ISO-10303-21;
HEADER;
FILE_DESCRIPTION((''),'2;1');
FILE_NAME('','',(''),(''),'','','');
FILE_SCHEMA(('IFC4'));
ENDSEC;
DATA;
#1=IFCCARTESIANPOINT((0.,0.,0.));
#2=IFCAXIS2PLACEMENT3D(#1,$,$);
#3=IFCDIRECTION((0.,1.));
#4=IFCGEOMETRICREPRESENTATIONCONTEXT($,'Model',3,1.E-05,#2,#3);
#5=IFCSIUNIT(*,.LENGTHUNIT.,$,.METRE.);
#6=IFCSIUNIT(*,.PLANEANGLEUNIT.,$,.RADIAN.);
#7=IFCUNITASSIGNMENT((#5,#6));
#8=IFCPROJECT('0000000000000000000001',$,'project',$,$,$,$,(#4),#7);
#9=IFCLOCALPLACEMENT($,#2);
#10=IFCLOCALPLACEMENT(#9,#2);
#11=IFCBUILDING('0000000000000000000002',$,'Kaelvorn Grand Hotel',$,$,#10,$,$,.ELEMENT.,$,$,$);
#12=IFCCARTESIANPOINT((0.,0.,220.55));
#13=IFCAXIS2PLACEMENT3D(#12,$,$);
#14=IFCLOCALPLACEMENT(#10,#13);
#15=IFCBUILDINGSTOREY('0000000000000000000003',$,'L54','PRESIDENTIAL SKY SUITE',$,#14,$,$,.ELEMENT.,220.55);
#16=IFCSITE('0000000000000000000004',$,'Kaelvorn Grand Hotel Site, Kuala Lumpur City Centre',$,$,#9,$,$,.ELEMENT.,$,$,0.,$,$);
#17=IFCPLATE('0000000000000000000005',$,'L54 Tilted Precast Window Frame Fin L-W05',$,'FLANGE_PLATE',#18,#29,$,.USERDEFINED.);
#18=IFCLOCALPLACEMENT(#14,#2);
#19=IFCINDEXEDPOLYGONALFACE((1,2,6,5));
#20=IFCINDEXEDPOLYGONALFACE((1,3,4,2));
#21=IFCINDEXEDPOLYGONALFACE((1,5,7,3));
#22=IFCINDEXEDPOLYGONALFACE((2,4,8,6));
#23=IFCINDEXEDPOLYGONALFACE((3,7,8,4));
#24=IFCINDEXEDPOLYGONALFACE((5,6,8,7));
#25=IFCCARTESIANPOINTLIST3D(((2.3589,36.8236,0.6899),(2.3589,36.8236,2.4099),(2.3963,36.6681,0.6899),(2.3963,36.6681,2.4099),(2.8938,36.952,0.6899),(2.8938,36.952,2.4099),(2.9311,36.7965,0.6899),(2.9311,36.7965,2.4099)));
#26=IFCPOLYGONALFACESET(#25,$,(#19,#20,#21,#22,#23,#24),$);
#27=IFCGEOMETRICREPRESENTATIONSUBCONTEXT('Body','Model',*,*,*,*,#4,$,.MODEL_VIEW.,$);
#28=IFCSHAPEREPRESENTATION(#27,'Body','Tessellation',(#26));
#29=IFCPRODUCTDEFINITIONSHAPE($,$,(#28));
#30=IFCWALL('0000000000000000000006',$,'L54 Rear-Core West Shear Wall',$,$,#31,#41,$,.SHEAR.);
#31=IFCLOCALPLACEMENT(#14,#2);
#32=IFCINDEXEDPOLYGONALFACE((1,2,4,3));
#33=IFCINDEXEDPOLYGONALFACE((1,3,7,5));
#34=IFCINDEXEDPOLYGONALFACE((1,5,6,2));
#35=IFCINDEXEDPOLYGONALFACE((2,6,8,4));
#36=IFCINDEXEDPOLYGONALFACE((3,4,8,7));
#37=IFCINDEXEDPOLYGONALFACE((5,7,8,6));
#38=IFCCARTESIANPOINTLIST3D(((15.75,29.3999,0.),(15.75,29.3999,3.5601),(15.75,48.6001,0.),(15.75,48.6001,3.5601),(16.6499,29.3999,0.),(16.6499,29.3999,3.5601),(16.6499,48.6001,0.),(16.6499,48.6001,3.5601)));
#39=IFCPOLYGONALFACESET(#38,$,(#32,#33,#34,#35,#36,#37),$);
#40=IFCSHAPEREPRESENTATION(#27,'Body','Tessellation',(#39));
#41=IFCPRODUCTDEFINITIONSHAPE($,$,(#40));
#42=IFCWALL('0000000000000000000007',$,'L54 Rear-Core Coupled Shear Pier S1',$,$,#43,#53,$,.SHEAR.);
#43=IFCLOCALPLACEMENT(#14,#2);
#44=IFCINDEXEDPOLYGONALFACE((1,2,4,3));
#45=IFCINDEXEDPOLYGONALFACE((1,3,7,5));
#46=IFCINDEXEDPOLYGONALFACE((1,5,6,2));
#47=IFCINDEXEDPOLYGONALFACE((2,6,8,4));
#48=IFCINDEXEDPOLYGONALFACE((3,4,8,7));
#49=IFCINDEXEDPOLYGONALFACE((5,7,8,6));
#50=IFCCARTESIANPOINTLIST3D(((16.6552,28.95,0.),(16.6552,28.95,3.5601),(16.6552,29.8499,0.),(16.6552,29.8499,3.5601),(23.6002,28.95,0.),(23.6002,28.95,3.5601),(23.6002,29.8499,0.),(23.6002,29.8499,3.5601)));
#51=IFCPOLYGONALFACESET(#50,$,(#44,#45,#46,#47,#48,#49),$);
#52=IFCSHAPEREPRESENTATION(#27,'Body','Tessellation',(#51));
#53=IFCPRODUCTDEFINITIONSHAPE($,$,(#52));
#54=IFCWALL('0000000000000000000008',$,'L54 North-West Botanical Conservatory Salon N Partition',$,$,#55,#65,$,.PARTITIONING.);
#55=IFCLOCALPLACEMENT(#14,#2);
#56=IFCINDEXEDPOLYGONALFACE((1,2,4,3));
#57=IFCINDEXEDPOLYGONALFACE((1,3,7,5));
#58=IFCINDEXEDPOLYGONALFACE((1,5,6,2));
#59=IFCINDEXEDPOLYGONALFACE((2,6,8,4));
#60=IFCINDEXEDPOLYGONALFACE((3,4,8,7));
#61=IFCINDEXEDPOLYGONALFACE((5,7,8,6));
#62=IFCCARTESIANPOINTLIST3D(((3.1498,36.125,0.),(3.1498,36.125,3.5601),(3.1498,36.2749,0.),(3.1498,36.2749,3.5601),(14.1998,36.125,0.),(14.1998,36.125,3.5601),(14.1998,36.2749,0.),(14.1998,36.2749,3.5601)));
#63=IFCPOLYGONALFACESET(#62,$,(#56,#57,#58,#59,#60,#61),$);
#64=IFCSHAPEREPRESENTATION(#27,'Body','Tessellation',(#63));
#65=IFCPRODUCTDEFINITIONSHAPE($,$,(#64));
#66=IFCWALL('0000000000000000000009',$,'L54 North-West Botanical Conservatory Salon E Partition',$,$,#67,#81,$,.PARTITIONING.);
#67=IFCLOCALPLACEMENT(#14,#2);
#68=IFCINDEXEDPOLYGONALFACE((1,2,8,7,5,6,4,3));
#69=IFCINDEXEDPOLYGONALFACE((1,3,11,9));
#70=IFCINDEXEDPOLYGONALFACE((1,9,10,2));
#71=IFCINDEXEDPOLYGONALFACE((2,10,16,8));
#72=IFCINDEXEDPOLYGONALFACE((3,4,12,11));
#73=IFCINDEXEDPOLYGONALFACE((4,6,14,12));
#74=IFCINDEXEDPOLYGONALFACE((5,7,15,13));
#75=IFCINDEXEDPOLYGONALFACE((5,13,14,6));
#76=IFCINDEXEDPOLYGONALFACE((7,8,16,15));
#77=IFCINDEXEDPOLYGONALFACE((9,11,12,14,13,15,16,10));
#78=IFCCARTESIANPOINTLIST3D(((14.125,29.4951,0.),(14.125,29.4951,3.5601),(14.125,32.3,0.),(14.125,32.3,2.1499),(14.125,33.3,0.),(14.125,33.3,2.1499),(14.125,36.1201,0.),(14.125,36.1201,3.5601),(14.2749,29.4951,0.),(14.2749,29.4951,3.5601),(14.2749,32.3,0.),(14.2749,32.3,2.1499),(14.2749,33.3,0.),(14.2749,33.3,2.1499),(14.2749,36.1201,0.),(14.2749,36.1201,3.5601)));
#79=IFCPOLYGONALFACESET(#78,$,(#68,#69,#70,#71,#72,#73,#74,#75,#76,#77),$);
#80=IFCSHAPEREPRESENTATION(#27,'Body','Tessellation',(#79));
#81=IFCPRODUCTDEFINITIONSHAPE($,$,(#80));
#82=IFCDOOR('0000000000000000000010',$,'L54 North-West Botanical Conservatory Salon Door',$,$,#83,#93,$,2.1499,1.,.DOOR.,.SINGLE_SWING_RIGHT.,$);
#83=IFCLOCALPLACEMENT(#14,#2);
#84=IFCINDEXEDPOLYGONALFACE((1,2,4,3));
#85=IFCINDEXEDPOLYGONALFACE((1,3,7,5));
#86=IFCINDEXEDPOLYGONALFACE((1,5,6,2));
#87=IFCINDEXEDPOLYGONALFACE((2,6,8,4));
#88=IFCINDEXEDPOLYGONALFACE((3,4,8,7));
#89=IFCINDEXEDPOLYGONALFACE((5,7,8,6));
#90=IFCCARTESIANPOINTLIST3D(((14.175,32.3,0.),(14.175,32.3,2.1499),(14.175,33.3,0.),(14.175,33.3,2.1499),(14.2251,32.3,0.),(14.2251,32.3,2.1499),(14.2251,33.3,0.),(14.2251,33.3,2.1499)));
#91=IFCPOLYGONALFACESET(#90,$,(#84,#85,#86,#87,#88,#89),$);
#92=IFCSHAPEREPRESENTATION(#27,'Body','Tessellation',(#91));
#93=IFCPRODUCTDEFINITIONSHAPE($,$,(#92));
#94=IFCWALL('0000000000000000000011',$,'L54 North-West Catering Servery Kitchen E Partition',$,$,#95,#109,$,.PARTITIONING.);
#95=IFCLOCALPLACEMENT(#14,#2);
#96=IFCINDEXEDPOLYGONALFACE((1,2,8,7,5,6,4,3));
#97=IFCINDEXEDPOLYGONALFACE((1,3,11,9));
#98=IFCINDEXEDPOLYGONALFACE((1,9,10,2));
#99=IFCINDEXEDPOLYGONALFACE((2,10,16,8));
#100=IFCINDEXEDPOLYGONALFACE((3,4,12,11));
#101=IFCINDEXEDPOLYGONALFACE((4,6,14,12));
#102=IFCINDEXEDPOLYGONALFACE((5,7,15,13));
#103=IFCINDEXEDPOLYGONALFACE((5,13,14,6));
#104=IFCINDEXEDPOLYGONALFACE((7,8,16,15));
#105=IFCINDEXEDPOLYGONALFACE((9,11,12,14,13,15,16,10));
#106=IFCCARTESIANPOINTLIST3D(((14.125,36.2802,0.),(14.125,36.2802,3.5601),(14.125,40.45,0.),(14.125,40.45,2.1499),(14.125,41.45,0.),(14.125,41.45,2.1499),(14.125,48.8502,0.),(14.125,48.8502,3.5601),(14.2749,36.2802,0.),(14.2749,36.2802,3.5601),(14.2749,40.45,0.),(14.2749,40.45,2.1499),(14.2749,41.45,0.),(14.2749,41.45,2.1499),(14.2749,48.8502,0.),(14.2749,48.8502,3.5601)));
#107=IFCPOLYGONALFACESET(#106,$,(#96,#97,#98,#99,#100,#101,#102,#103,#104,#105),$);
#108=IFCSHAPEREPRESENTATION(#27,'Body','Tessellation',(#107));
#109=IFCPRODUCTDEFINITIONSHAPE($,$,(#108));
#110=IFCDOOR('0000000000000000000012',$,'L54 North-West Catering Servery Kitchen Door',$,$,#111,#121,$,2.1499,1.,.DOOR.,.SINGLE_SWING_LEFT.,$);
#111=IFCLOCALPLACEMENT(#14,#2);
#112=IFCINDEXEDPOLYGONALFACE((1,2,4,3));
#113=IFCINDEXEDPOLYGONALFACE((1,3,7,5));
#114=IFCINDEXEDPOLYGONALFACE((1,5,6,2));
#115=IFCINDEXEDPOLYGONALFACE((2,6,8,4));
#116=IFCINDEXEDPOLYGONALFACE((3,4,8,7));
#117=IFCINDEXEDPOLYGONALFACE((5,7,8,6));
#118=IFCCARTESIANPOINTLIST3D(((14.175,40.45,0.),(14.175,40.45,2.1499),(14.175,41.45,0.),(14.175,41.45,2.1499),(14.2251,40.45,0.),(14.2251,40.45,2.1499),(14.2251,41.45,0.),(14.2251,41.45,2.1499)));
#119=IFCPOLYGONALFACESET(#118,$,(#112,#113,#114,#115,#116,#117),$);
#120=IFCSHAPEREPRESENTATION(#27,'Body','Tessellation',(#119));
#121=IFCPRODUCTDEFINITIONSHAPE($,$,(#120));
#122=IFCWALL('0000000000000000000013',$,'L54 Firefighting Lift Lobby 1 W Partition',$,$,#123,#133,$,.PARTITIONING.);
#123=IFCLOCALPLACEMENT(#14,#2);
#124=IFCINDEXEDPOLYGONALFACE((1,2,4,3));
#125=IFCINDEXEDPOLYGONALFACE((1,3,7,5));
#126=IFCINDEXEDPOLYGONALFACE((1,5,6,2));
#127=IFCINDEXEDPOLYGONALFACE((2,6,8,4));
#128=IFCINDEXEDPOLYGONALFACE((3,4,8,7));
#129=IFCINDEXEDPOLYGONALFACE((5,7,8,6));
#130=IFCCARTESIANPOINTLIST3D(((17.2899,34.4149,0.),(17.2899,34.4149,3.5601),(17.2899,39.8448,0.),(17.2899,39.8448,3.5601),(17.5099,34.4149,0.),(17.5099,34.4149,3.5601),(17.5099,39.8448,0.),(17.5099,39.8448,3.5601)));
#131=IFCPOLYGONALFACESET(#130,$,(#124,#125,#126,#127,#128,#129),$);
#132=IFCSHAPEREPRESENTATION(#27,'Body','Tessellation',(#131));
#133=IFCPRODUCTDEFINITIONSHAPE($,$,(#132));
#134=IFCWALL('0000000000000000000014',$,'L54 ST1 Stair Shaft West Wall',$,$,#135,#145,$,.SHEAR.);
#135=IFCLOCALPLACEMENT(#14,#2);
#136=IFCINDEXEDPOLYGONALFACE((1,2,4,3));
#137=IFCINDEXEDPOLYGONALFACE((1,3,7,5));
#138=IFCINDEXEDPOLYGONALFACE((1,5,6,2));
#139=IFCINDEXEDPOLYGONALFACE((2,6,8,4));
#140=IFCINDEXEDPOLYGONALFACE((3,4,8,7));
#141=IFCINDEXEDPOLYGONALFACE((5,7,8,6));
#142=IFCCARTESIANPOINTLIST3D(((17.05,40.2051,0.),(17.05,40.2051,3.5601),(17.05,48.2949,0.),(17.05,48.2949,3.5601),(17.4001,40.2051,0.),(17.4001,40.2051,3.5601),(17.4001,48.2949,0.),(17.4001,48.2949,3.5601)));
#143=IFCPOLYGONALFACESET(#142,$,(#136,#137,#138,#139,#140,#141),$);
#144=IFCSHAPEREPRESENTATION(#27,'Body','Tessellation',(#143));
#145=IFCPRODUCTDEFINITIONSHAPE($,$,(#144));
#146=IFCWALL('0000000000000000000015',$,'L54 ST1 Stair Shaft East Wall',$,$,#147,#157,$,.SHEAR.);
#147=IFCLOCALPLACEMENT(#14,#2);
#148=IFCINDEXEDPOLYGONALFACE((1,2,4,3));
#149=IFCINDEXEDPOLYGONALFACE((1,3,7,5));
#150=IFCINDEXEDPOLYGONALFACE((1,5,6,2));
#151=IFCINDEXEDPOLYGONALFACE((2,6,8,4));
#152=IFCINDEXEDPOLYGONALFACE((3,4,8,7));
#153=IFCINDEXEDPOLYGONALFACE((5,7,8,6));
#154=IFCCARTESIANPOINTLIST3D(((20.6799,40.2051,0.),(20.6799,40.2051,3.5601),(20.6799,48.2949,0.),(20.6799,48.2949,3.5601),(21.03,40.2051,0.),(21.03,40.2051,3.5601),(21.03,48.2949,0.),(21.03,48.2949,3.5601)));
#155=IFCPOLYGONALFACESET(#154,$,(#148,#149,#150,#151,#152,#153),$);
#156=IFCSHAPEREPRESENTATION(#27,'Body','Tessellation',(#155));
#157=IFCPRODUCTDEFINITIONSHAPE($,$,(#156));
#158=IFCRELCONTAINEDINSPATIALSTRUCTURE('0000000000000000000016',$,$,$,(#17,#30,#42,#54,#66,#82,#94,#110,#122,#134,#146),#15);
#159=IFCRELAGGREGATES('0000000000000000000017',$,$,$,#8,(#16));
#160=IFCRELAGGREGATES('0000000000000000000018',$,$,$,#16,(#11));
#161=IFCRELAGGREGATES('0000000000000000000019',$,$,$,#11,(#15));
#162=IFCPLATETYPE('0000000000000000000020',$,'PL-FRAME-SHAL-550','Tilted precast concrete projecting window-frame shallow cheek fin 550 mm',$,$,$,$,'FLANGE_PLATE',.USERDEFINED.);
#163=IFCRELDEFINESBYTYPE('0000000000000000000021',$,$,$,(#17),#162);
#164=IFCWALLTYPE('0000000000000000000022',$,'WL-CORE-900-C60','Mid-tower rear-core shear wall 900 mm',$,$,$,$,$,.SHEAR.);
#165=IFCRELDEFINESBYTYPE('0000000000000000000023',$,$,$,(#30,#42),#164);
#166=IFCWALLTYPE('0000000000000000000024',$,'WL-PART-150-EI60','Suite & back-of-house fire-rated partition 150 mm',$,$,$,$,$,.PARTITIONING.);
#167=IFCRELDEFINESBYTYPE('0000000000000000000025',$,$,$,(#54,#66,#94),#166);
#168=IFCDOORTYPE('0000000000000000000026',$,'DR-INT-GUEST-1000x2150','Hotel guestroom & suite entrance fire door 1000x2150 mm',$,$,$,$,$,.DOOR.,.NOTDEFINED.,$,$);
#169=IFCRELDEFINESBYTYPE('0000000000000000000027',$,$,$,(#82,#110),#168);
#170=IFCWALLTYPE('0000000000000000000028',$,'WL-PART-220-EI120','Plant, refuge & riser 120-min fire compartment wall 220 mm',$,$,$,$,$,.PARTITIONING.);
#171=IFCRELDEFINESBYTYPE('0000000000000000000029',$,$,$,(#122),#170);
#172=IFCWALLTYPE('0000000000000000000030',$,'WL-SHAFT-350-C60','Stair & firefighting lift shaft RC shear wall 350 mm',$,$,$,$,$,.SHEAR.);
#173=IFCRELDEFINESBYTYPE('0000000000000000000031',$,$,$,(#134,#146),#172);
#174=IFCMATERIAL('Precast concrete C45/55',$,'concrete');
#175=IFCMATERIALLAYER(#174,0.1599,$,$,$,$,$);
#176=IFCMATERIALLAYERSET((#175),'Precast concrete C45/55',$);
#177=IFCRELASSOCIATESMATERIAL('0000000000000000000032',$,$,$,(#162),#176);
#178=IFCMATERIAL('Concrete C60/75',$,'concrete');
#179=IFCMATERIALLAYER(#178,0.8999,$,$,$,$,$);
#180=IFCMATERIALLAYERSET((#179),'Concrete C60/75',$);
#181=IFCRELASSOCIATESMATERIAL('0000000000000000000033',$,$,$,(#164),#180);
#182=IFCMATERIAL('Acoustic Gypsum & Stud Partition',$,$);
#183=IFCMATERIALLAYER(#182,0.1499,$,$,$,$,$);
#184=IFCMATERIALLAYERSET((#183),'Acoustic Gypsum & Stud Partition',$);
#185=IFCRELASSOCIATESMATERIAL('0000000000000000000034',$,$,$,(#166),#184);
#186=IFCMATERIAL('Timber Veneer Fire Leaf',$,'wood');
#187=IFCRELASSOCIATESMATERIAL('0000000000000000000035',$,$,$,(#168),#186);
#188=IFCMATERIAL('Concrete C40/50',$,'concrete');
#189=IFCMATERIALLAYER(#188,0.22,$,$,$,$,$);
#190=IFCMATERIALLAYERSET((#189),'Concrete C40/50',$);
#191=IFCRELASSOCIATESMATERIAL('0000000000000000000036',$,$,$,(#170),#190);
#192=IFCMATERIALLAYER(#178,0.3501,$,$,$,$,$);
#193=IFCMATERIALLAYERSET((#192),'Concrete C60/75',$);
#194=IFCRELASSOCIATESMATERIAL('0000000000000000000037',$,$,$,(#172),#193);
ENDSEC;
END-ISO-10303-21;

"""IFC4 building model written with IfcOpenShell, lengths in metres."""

from ifc_helpers import new_model, si_unit, direction, frame, frame_2d, origin, origin_2d, place, context, subcontext, project, spatial, rectangle, extrude, material, layer, layer_set, type_object, element, fill, save


model = new_model("IFC4")

# Units and contexts
model_context = context("Model", 3, precision=1e-05, world=origin(), true_north=direction((0.0, 1.0)))
body_context = subcontext(model_context, "Body", "Model", "MODEL_VIEW")
ifc_project = project(units=[si_unit("LENGTHUNIT", "METRE"), si_unit("PLANEANGLEUNIT", "RADIAN")], contexts=[model_context])

# Site, building, storey
site_placement = place(None, origin())
site = spatial("IfcSite", under=ifc_project, at=site_placement, Name="Kaelvorn Grand Hotel Site, Kuala Lumpur City Centre", CompositionType="ELEMENT", RefElevation=0.0)
building_placement = place(site_placement, origin())
building = spatial("IfcBuilding", under=site, at=building_placement, Name="Kaelvorn Grand Hotel", CompositionType="ELEMENT")
storey_placement = place(building_placement, frame((0.0, 0.0, 220.55)))
storey = spatial("IfcBuildingStorey", under=building, at=storey_placement, Name="L54", Description="PRESIDENTIAL SKY SUITE", CompositionType="ELEMENT", Elevation=220.55)

# Shared definitions
ifc_material_1 = material(Name="Concrete C60/75", Category="concrete")

# Plate
ifc_material_2 = material(Name="Precast concrete C45/55", Category="concrete")
ifc_layer_1 = layer(ifc_material_2, 0.1599)
ifc_layer_set_1 = layer_set([ifc_layer_1], Name="Precast concrete C45/55")
plate_type_1 = type_object("IfcPlateType", Name="PL-FRAME-SHAL-550", Description="Tilted precast concrete projecting window-frame shallow cheek fin 550 mm", ElementType="FLANGE_PLATE", PredefinedType="USERDEFINED", material=ifc_layer_set_1)
for number, where, z_axis, x_axis, name in (
    (1, (2.645, 36.8101, 0.6899), (0.0, 0.0, 1.0), (-0.233445, 0.97237, 0.0), "L54 Tilted Precast Window Frame Fin L-W05"),
):
    element("IfcPlate", number, at=place(storey_placement, frame(where, z_axis=z_axis, x_axis=x_axis)), inside=storey, type_object=plate_type_1, Name=name, ObjectType="FLANGE_PLATE", PredefinedType="USERDEFINED", context=body_context, shape_type="SweptSolid", body=[
        extrude(rectangle(XDim=0.1599, YDim=0.55, at=origin_2d()), origin(), (0.0, 0.0, 1.0), 1.72),
    ])

# Walls
ifc_layer_2 = layer(ifc_material_1, 0.8999)
ifc_layer_set_2 = layer_set([ifc_layer_2], Name="Concrete C60/75")
wall_type_1 = type_object("IfcWallType", Name="WL-CORE-900-C60", Description="Mid-tower rear-core shear wall 900 mm", PredefinedType="SHEAR", material=ifc_layer_set_2)
wall_1_placement = place(storey_placement, frame((16.2, 29.3999, 0.0), z_axis=(0.0, 0.0, 1.0), x_axis=(0.0, 1.0, 0.0)))
element("IfcWall", 2, at=wall_1_placement, inside=storey, type_object=wall_type_1, Name="L54 Rear-Core West Shear Wall", PredefinedType="SHEAR", context=body_context, shape_type="SweptSolid", body=[
    extrude(rectangle(XDim=19.2002, YDim=0.8999, at=frame_2d((9.6001, 0.0))), origin(), (0.0, 0.0, 1.0), 3.5601),
])
wall_2_placement = place(storey_placement, frame((16.655, 29.3999, 0.0), z_axis=(0.0, 0.0, 1.0), x_axis=(1.0, 0.0, 0.0)))
element("IfcWall", 3, at=wall_2_placement, inside=storey, type_object=wall_type_1, Name="L54 Rear-Core Coupled Shear Pier S1", PredefinedType="SHEAR", context=body_context, shape_type="SweptSolid", body=[
    extrude(rectangle(XDim=6.9451, YDim=0.8999, at=frame_2d((3.4727, 0.0))), origin(), (0.0, 0.0, 1.0), 3.5601),
])
ifc_material_3 = material(Name="Acoustic Gypsum & Stud Partition")
ifc_layer_3 = layer(ifc_material_3, 0.1499)
ifc_layer_set_3 = layer_set([ifc_layer_3], Name="Acoustic Gypsum & Stud Partition")
wall_type_2 = type_object("IfcWallType", Name="WL-PART-150-EI60", Description="Suite & back-of-house fire-rated partition 150 mm", PredefinedType="PARTITIONING", material=ifc_layer_set_3)
wall_3_placement = place(storey_placement, frame((3.1499, 36.2, 0.0), z_axis=(0.0, 0.0, 1.0), x_axis=(1.0, 0.0, 0.0)))
element("IfcWall", 4, at=wall_3_placement, inside=storey, type_object=wall_type_2, Name="L54 North-West Botanical Conservatory Salon N Partition", PredefinedType="PARTITIONING", context=body_context, shape_type="SweptSolid", body=[
    extrude(rectangle(XDim=11.05, YDim=0.1499, at=frame_2d((5.5249, 0.0))), origin(), (0.0, 0.0, 1.0), 3.5601),
])

# Walls, openings, doors
wall_4_placement = place(storey_placement, frame((14.2, 29.4951, 0.0), z_axis=(0.0, 0.0, 1.0), x_axis=(0.0, 1.0, 0.0)))
wall_4 = element("IfcWall", 5, at=wall_4_placement, inside=storey, type_object=wall_type_2, Name="L54 North-West Botanical Conservatory Salon E Partition", PredefinedType="PARTITIONING", context=body_context, shape_type="SweptSolid", body=[
    extrude(rectangle(XDim=6.625, YDim=0.1499, at=frame_2d((3.3125, 0.0))), origin(), (0.0, 0.0, 1.0), 3.5601),
])
opening_1_placement = place(wall_4_placement, frame((2.8049, 0.0, 0.0)))
opening_1 = element("IfcOpeningElement", 6, at=opening_1_placement, cuts=wall_4, PredefinedType="OPENING", context=body_context, shape_type="SweptSolid", body=[
    extrude(rectangle(XDim=1.0, YDim=2.1499, at=frame_2d((0.5, 1.075))), frame((0.0, 0.085, 0.0), z_axis=(0.0, -1.0, 0.0), x_axis=(1.0, 0.0, 0.0)), (0.0, 0.0, 1.0), 0.1699),
])
ifc_material_4 = material(Name="Timber Veneer Fire Leaf", Category="wood")
door_type_1 = type_object("IfcDoorType", Name="DR-INT-GUEST-1000x2150", Description="Hotel guestroom & suite entrance fire door 1000x2150 mm", OperationType="NOTDEFINED", PredefinedType="DOOR", material=ifc_material_4)
door_1_placement = place(opening_1_placement, origin())
door_1 = element("IfcDoor", 7, at=door_1_placement, inside=storey, type_object=door_type_1, Name="L54 North-West Botanical Conservatory Salon Door", OperationType="SINGLE_SWING_RIGHT", OverallHeight=2.1499, OverallWidth=1.0, PredefinedType="DOOR", context=body_context, shape_type="SweptSolid", body=[
    extrude(rectangle(XDim=1.0, YDim=2.1499, at=frame_2d((0.5, 1.075))), frame((0.0, 0.0249, 0.0), z_axis=(0.0, -1.0, 0.0), x_axis=(1.0, 0.0, 0.0)), (0.0, 0.0, 1.0), 0.05),
])
fill(opening_1, door_1)
wall_5_placement = place(storey_placement, frame((14.2, 36.28, 0.0), z_axis=(0.0, 0.0, 1.0), x_axis=(0.0, 1.0, 0.0)))
wall_5 = element("IfcWall", 8, at=wall_5_placement, inside=storey, type_object=wall_type_2, Name="L54 North-West Catering Servery Kitchen E Partition", PredefinedType="PARTITIONING", context=body_context, shape_type="SweptSolid", body=[
    extrude(rectangle(XDim=12.5701, YDim=0.1499, at=frame_2d((6.2852, 0.0))), origin(), (0.0, 0.0, 1.0), 3.5601),
])
opening_2_placement = place(wall_5_placement, frame((4.1699, 0.0, 0.0)))
opening_2 = element("IfcOpeningElement", 9, at=opening_2_placement, cuts=wall_5, PredefinedType="OPENING", context=body_context, shape_type="SweptSolid", body=[
    extrude(rectangle(XDim=1.0, YDim=2.1499, at=frame_2d((0.5, 1.075))), frame((0.0, 0.085, 0.0), z_axis=(0.0, -1.0, 0.0), x_axis=(1.0, 0.0, 0.0)), (0.0, 0.0, 1.0), 0.1699),
])
door_2_placement = place(opening_2_placement, origin())
door_2 = element("IfcDoor", 10, at=door_2_placement, inside=storey, type_object=door_type_1, Name="L54 North-West Catering Servery Kitchen Door", OperationType="SINGLE_SWING_LEFT", OverallHeight=2.1499, OverallWidth=1.0, PredefinedType="DOOR", context=body_context, shape_type="SweptSolid", body=[
    extrude(rectangle(XDim=1.0, YDim=2.1499, at=frame_2d((0.5, 1.075))), frame((0.0, 0.0249, 0.0), z_axis=(0.0, -1.0, 0.0), x_axis=(1.0, 0.0, 0.0)), (0.0, 0.0, 1.0), 0.05),
])
fill(opening_2, door_2)
ifc_material_5 = material(Name="Concrete C40/50", Category="concrete")
ifc_layer_4 = layer(ifc_material_5, 0.22)
ifc_layer_set_4 = layer_set([ifc_layer_4], Name="Concrete C40/50")
wall_type_3 = type_object("IfcWallType", Name="WL-PART-220-EI120", Description="Plant, refuge & riser 120-min fire compartment wall 220 mm", PredefinedType="PARTITIONING", material=ifc_layer_set_4)

# Wall
wall_6_placement = place(storey_placement, frame((17.3999, 34.415, 0.0), z_axis=(0.0, 0.0, 1.0), x_axis=(0.0, 1.0, 0.0)))
element("IfcWall", 11, at=wall_6_placement, inside=storey, type_object=wall_type_3, Name="L54 Firefighting Lift Lobby 1 W Partition", PredefinedType="PARTITIONING", context=body_context, shape_type="SweptSolid", body=[
    extrude(rectangle(XDim=5.4299, YDim=0.22, at=frame_2d((2.7148, 0.0))), origin(), (0.0, 0.0, 1.0), 3.5601),
])

# Shared definitions
ifc_layer_5 = layer(ifc_material_1, 0.3501)
ifc_layer_set_5 = layer_set([ifc_layer_5], Name="Concrete C60/75")
wall_type_4 = type_object("IfcWallType", Name="WL-SHAFT-350-C60", Description="Stair & firefighting lift shaft RC shear wall 350 mm", PredefinedType="SHEAR", material=ifc_layer_set_5)

# Walls
for number, where, z_axis, x_axis, name in (
    (12, (17.2251, 40.2051, 0.0), (0.0, 0.0, 1.0), (0.0, 1.0, 0.0), "L54 ST1 Stair Shaft West Wall"),
    (13, (20.855, 40.2051, 0.0), (0.0, 0.0, 1.0), (0.0, 1.0, 0.0), "L54 ST1 Stair Shaft East Wall"),
):
    element("IfcWall", number, at=place(storey_placement, frame(where, z_axis=z_axis, x_axis=x_axis)), inside=storey, type_object=wall_type_4, Name=name, PredefinedType="SHEAR", context=body_context, shape_type="SweptSolid", body=[
        extrude(rectangle(XDim=8.0898, YDim=0.3501, at=frame_2d((4.0449, 0.0))), origin(), (0.0, 0.0, 1.0), 3.5601),
    ])

save(model, "model.ifc")
